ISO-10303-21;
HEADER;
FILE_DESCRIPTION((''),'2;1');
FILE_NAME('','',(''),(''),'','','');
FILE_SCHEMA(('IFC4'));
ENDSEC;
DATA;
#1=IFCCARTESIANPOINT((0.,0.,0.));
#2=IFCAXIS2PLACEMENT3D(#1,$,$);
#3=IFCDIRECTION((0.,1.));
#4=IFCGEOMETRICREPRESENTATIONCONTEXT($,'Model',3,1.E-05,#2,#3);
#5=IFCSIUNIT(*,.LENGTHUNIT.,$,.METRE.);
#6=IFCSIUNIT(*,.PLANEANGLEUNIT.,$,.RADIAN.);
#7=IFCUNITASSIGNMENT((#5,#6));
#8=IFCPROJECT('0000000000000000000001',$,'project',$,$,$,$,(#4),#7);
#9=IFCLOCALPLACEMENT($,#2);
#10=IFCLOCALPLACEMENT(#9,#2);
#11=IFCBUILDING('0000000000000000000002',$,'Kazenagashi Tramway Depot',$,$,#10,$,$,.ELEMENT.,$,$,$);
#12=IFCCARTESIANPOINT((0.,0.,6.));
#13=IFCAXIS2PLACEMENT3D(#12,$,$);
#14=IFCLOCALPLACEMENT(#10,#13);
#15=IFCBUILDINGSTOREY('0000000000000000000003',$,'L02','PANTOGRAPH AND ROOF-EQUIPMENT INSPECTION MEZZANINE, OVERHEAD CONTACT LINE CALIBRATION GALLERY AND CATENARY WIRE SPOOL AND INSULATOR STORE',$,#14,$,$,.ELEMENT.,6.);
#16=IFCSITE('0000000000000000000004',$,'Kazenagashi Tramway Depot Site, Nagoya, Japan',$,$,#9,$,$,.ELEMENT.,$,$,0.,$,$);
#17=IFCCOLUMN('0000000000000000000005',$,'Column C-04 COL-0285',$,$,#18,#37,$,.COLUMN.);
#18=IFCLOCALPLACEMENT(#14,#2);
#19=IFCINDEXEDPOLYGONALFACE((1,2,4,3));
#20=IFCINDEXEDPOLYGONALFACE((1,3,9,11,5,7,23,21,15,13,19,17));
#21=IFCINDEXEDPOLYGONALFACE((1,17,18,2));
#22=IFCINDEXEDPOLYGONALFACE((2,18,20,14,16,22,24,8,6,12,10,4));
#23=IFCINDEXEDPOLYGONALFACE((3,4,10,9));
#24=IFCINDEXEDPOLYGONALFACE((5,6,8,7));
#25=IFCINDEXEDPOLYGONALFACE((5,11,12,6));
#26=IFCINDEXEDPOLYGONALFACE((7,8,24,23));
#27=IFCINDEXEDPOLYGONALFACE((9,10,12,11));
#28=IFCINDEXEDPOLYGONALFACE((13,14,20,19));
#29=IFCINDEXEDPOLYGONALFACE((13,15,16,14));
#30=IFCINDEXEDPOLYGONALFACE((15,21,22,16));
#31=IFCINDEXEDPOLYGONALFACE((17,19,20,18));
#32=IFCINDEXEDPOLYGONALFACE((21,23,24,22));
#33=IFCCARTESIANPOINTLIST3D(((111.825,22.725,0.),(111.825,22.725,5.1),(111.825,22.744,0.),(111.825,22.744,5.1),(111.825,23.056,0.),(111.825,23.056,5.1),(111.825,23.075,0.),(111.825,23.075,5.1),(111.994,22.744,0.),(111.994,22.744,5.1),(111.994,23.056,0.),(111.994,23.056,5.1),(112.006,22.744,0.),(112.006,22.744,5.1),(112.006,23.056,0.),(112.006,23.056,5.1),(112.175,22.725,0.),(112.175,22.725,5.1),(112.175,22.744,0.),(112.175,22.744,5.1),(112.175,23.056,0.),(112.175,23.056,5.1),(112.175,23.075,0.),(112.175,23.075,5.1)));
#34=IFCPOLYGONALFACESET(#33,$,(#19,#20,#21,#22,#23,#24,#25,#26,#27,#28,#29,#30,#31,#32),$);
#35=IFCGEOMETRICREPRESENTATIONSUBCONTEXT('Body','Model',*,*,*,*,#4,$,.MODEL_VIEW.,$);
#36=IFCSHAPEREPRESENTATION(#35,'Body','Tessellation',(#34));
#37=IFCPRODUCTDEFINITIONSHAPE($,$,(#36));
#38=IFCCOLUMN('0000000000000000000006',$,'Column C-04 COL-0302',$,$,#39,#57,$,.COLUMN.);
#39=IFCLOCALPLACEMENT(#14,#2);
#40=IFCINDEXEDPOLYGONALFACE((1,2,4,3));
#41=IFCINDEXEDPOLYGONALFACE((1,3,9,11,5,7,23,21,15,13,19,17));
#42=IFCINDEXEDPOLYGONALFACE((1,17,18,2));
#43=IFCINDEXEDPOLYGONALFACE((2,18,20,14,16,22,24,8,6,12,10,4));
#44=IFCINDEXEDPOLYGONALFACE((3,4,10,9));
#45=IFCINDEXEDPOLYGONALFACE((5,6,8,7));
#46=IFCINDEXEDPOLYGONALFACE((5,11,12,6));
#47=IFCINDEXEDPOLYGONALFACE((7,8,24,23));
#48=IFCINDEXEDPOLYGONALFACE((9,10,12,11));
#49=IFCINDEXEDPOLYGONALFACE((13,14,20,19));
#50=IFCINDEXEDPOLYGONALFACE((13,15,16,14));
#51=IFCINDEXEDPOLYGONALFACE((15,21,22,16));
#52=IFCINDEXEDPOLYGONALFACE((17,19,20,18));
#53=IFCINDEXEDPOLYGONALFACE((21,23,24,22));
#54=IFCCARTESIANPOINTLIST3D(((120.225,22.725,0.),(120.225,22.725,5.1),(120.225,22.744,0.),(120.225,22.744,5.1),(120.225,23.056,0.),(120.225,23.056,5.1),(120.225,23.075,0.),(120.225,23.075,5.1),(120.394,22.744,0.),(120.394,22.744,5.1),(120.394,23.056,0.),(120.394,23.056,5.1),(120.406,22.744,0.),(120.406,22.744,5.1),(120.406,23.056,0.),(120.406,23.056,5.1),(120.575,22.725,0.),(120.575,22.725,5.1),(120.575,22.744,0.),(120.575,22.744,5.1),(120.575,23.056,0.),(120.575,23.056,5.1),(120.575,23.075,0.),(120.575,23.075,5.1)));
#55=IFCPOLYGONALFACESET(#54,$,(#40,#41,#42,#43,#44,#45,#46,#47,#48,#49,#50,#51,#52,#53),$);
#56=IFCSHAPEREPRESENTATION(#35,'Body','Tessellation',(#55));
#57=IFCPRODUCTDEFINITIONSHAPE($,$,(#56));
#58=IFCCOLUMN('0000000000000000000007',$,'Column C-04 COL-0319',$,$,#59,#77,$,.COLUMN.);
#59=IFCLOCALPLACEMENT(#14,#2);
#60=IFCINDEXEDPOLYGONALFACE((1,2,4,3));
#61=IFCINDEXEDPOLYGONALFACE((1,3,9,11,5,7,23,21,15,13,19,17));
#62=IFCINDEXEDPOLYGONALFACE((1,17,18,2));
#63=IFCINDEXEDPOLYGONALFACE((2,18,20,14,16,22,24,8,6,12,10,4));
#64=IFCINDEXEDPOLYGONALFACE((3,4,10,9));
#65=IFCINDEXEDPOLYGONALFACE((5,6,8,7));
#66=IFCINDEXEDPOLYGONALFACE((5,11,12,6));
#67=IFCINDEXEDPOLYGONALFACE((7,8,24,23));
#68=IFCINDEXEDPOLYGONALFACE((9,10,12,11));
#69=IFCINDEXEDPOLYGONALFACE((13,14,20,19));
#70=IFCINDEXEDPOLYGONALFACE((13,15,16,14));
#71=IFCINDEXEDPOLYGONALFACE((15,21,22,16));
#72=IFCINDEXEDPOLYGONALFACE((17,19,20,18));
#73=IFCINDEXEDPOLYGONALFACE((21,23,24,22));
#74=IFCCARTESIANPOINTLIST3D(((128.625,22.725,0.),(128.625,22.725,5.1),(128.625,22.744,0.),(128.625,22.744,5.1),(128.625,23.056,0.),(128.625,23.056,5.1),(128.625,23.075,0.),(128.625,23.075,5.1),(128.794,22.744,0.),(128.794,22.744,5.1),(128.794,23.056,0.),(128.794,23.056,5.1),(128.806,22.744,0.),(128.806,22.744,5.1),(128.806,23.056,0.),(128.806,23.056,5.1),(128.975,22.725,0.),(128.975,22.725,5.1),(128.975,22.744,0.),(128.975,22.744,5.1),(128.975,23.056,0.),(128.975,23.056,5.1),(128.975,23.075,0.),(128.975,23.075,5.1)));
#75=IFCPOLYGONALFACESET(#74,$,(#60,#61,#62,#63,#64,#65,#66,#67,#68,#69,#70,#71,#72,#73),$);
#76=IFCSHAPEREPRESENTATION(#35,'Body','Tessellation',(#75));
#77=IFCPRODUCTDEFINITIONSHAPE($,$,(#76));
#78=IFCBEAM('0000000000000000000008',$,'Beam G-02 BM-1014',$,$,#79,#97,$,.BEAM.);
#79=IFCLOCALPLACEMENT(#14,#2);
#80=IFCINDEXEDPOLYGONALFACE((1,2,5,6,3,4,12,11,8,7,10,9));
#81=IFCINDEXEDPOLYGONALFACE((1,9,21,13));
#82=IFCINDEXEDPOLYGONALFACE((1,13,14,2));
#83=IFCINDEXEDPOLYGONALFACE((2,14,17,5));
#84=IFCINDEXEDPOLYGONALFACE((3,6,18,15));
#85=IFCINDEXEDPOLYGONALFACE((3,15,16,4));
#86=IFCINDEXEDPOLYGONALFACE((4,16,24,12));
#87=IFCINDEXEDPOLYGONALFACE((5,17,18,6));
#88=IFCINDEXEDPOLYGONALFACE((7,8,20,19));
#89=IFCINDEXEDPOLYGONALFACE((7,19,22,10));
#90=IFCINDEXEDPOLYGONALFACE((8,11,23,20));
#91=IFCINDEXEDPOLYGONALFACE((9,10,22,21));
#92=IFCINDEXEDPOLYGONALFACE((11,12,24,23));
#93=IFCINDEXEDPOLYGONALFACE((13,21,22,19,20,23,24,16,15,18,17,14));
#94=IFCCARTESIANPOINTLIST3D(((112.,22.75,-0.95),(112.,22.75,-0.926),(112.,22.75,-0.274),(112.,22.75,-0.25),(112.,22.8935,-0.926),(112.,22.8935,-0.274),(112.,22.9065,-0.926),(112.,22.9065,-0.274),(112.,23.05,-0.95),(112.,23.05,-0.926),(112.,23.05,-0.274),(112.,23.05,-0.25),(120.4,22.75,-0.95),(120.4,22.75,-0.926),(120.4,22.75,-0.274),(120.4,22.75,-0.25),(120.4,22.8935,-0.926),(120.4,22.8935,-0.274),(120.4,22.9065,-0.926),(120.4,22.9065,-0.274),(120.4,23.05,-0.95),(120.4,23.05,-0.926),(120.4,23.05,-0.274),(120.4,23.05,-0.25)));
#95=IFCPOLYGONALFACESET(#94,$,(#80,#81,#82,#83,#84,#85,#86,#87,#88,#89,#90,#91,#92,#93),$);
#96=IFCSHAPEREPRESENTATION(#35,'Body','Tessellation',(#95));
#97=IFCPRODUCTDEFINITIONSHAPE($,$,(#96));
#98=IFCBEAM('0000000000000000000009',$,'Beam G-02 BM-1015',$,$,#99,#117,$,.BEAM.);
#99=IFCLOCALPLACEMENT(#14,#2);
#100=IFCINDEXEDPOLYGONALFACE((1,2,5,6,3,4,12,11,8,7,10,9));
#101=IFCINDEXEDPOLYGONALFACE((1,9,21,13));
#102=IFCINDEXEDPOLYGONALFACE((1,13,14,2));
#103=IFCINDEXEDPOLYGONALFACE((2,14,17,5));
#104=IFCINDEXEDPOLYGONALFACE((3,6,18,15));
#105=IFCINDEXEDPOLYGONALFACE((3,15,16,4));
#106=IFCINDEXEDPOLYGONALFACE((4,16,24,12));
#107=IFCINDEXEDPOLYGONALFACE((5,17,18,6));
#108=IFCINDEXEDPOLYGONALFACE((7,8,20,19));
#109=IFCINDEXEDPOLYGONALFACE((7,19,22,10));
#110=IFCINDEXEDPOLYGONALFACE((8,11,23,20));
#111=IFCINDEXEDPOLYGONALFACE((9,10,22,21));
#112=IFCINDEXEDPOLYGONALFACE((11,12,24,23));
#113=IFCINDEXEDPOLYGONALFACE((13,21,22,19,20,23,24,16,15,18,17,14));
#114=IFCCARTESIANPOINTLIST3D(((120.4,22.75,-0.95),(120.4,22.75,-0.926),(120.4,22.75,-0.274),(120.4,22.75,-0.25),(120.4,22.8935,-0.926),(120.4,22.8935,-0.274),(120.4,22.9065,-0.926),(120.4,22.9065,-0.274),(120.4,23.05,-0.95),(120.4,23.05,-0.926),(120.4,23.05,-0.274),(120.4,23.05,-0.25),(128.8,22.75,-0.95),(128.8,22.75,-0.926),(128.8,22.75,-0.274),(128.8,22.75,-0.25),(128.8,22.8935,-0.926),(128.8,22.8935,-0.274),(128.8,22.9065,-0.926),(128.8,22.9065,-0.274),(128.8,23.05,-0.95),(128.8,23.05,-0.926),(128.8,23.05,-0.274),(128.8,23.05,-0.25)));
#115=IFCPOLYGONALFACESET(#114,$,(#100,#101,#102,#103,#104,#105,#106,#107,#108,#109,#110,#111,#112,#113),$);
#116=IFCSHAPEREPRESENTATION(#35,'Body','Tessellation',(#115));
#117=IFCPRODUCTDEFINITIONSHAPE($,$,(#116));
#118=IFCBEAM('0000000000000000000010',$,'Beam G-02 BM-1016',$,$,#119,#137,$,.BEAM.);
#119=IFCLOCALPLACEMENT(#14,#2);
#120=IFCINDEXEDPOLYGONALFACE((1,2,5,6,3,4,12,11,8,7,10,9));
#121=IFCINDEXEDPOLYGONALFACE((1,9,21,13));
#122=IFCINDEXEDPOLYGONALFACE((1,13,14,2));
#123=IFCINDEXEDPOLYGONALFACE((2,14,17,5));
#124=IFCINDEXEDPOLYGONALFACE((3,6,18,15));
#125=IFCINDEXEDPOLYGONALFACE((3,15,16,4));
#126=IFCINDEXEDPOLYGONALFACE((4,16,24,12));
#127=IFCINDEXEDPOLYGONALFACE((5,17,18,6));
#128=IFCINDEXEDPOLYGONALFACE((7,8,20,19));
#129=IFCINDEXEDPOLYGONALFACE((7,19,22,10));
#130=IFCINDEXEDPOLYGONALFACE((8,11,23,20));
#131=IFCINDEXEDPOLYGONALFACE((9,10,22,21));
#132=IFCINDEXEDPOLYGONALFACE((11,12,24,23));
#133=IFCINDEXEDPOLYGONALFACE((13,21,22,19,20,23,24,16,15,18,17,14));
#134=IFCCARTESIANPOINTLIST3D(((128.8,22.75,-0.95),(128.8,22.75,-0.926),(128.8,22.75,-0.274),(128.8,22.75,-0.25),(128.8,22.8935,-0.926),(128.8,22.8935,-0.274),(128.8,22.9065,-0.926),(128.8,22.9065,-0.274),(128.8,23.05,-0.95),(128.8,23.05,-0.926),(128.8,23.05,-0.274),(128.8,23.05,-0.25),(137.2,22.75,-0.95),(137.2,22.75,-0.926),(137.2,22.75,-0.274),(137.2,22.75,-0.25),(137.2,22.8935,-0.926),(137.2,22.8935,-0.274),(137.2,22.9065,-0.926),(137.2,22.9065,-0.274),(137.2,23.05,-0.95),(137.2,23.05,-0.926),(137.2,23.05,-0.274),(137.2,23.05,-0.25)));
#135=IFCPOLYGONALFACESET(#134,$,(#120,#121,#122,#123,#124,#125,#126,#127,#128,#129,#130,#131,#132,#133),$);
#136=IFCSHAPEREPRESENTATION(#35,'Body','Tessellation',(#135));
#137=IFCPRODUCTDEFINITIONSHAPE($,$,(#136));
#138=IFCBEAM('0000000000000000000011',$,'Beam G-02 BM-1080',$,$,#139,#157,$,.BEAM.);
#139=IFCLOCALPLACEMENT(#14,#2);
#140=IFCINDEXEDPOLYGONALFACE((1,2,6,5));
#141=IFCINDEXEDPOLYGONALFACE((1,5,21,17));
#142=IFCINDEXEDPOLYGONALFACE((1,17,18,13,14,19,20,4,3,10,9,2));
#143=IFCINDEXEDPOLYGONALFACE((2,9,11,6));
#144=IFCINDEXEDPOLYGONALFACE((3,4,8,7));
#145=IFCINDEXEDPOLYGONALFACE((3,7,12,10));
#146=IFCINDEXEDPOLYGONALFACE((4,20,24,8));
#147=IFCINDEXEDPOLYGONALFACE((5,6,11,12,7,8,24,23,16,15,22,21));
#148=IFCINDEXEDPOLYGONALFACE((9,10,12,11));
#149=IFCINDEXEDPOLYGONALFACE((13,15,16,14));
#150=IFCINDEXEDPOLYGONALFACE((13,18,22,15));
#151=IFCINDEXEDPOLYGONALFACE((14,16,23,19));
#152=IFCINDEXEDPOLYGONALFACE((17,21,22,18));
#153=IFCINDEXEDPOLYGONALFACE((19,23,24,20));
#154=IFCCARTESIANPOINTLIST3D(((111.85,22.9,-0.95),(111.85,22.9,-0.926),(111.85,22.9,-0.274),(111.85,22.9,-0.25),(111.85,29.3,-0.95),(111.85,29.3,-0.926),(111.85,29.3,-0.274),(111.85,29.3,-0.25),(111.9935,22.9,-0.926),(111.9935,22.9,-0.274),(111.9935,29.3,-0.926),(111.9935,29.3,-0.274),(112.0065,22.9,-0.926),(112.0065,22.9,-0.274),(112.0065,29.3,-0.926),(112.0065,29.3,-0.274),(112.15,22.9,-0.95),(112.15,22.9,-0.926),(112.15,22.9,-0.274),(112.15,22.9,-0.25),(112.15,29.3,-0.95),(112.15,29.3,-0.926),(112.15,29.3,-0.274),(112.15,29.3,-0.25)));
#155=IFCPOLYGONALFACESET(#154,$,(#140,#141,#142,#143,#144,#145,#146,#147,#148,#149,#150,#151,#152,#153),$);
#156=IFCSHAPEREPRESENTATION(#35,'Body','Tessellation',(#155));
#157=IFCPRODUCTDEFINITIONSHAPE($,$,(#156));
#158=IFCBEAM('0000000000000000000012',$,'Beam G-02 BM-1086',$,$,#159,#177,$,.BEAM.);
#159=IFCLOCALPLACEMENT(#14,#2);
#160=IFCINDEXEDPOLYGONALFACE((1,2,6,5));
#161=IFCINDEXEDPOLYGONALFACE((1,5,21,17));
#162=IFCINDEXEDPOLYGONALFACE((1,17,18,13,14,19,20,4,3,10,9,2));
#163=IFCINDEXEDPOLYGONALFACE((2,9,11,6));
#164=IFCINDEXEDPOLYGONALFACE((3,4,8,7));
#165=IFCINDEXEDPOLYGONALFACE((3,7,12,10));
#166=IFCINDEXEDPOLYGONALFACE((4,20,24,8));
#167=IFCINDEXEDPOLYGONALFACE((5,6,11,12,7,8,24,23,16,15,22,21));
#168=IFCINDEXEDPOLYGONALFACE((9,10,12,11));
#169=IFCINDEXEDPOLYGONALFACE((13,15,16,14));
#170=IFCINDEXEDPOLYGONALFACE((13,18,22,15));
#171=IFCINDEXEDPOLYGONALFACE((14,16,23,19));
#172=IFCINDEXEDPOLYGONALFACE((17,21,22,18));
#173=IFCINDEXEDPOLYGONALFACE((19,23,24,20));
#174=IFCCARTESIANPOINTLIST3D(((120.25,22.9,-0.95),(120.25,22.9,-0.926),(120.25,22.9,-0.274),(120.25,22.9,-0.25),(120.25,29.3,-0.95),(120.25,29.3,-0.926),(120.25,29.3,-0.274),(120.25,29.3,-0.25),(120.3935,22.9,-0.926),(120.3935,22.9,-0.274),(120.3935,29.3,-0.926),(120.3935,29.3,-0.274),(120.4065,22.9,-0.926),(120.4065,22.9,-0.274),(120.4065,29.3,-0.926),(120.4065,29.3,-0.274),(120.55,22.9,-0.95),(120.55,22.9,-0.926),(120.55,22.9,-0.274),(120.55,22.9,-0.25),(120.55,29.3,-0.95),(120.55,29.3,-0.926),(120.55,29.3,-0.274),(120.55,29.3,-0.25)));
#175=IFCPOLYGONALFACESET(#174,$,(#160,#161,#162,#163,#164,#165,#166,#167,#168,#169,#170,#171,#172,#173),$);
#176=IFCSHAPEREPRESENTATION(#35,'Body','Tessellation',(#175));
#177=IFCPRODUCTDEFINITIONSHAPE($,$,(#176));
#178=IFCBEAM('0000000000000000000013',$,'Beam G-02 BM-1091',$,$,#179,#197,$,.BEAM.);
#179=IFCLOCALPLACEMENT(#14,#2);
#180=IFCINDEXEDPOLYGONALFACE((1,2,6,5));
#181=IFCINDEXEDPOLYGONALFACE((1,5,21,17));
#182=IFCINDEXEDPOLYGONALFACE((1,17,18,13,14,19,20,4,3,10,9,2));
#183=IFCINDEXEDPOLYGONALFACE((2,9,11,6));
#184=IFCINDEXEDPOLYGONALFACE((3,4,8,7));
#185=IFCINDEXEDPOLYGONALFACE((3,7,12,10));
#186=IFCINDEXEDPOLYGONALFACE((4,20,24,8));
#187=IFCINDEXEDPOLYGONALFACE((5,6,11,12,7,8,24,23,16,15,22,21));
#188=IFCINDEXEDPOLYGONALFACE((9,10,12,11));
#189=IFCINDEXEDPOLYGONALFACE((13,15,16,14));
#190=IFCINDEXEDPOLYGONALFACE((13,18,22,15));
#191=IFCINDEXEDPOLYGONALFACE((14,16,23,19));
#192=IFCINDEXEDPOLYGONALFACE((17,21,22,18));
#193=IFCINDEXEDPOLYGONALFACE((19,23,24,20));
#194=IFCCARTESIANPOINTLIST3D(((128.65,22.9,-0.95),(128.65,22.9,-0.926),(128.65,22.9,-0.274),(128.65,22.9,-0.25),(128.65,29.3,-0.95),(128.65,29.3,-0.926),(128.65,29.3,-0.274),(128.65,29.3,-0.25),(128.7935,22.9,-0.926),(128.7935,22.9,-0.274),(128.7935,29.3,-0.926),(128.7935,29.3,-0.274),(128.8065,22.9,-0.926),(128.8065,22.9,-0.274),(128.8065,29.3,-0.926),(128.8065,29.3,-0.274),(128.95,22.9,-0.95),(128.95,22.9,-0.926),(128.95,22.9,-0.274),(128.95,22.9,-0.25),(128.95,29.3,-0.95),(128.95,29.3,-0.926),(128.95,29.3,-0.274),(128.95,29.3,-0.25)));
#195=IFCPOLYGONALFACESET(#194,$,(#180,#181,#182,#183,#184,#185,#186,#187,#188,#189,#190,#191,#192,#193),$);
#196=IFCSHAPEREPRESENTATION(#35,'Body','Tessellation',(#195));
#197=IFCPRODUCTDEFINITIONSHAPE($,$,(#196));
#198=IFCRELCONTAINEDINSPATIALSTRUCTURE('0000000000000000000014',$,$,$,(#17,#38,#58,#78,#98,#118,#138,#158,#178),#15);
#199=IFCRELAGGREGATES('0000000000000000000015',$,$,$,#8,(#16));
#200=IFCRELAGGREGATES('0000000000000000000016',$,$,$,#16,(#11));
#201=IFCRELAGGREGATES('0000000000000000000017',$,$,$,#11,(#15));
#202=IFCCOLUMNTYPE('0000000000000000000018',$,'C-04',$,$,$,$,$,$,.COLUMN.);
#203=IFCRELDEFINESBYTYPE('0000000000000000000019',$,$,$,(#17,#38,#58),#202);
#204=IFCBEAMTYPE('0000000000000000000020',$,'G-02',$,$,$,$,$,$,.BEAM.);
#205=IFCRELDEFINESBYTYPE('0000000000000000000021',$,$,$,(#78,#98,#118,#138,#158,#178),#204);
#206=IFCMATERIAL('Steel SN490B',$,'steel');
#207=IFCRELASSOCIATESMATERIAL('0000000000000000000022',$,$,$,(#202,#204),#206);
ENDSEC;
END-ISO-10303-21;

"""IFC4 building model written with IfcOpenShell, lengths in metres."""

from ifc_helpers import new_model, si_unit, direction, frame, origin, origin_2d, place, context, subcontext, project, spatial, i_section, extrude, material, material_profile, profile_set, type_object, element, save


model = new_model("IFC4")

# Units and contexts
model_context = context("Model", 3, precision=1e-05, world=origin(), true_north=direction((0.0, 1.0)))
body_context = subcontext(model_context, "Body", "Model", "MODEL_VIEW")
ifc_project = project(units=[si_unit("LENGTHUNIT", "METRE"), si_unit("PLANEANGLEUNIT", "RADIAN")], contexts=[model_context])

# Site, building, storey
site_placement = place(None, origin())
site = spatial("IfcSite", under=ifc_project, at=site_placement, Name="Kazenagashi Tramway Depot Site, Nagoya, Japan", CompositionType="ELEMENT", RefElevation=0.0)
building_placement = place(site_placement, origin())
building = spatial("IfcBuilding", under=site, at=building_placement, Name="Kazenagashi Tramway Depot", CompositionType="ELEMENT")
storey_placement = place(building_placement, frame((0.0, 0.0, 6.0)))
storey = spatial("IfcBuildingStorey", under=building, at=storey_placement, Name="L02", Description="PANTOGRAPH AND ROOF-EQUIPMENT INSPECTION MEZZANINE, OVERHEAD CONTACT LINE CALIBRATION GALLERY AND CATENARY WIRE SPOOL AND INSULATOR STORE", CompositionType="ELEMENT", Elevation=6.0)

# Columns
ifc_material_1 = material(Name="Steel SN490B", Category="steel")
ifc_material_profile_1 = material_profile(ifc_material_1, i_section(OverallWidth=0.35, OverallDepth=0.35, WebThickness=0.012, FlangeThickness=0.019, at=origin_2d()), Name="H-350x350x12x19")
ifc_profile_set_1 = profile_set([ifc_material_profile_1], Name="Steel SN490B")
column_type = type_object("IfcColumnType", Name="C-04", PredefinedType="COLUMN", material=ifc_profile_set_1)
for number, where, z_axis, x_axis, name in (
    (1, (112.0, 22.9, 0.0), (0.0, 0.0, 1.0), (1.0, 0.0, 0.0), "Column C-04 COL-0285"),
    (2, (120.4, 22.9, 0.0), (0.0, 0.0, 1.0), (1.0, 0.0, 0.0), "Column C-04 COL-0302"),
    (3, (128.8, 22.9, 0.0), (0.0, 0.0, 1.0), (1.0, 0.0, 0.0), "Column C-04 COL-0319"),
):
    element("IfcColumn", number, at=place(storey_placement, frame(where, z_axis=z_axis, x_axis=x_axis)), inside=storey, type_object=column_type, Name=name, PredefinedType="COLUMN", context=body_context, shape_type="SweptSolid", body=[
        extrude(i_section(OverallWidth=0.35, OverallDepth=0.35, WebThickness=0.012, FlangeThickness=0.019, at=origin_2d()), origin(), (0.0, 0.0, 1.0), 5.1),
    ])

# Beams
ifc_material_profile_2 = material_profile(ifc_material_1, i_section(OverallWidth=0.3, OverallDepth=0.7, WebThickness=0.013, FlangeThickness=0.024, at=origin_2d()), Name="H-700x300x13x24")
ifc_profile_set_2 = profile_set([ifc_material_profile_2], Name="Steel SN490B")
beam_type_1 = type_object("IfcBeamType", Name="G-02", PredefinedType="BEAM", material=ifc_profile_set_2)
for number, where, z_axis, x_axis, name in (
    (4, (112.0, 22.9, -0.6), (1.0, 0.0, 0.0), (0.0, 1.0, 0.0), "Beam G-02 BM-1014"),
    (5, (120.4, 22.9, -0.6), (1.0, 0.0, 0.0), (0.0, 1.0, 0.0), "Beam G-02 BM-1015"),
    (6, (128.8, 22.9, -0.6), (1.0, 0.0, 0.0), (0.0, 1.0, 0.0), "Beam G-02 BM-1016"),
):
    element("IfcBeam", number, at=place(storey_placement, frame(where, z_axis=z_axis, x_axis=x_axis)), inside=storey, type_object=beam_type_1, Name=name, PredefinedType="BEAM", context=body_context, shape_type="SweptSolid", body=[
        extrude(i_section(OverallWidth=0.3, OverallDepth=0.7, WebThickness=0.013, FlangeThickness=0.024, at=origin_2d()), origin(), (0.0, 0.0, 1.0), 8.4),
    ])
for number, where, z_axis, x_axis, name in (
    (7, (112.0, 22.9, -0.6), (0.0, 1.0, 0.0), (-1.0, 0.0, 0.0), "Beam G-02 BM-1080"),
    (8, (120.4, 22.9, -0.6), (0.0, 1.0, 0.0), (-1.0, 0.0, 0.0), "Beam G-02 BM-1086"),
    (9, (128.8, 22.9, -0.6), (0.0, 1.0, 0.0), (-1.0, 0.0, 0.0), "Beam G-02 BM-1091"),
):
    element("IfcBeam", number, at=place(storey_placement, frame(where, z_axis=z_axis, x_axis=x_axis)), inside=storey, type_object=beam_type_1, Name=name, PredefinedType="BEAM", context=body_context, shape_type="SweptSolid", body=[
        extrude(i_section(OverallWidth=0.3, OverallDepth=0.7, WebThickness=0.013, FlangeThickness=0.024, at=origin_2d()), origin(), (0.0, 0.0, 1.0), 6.4),
    ])

save(model, "model.ifc")
